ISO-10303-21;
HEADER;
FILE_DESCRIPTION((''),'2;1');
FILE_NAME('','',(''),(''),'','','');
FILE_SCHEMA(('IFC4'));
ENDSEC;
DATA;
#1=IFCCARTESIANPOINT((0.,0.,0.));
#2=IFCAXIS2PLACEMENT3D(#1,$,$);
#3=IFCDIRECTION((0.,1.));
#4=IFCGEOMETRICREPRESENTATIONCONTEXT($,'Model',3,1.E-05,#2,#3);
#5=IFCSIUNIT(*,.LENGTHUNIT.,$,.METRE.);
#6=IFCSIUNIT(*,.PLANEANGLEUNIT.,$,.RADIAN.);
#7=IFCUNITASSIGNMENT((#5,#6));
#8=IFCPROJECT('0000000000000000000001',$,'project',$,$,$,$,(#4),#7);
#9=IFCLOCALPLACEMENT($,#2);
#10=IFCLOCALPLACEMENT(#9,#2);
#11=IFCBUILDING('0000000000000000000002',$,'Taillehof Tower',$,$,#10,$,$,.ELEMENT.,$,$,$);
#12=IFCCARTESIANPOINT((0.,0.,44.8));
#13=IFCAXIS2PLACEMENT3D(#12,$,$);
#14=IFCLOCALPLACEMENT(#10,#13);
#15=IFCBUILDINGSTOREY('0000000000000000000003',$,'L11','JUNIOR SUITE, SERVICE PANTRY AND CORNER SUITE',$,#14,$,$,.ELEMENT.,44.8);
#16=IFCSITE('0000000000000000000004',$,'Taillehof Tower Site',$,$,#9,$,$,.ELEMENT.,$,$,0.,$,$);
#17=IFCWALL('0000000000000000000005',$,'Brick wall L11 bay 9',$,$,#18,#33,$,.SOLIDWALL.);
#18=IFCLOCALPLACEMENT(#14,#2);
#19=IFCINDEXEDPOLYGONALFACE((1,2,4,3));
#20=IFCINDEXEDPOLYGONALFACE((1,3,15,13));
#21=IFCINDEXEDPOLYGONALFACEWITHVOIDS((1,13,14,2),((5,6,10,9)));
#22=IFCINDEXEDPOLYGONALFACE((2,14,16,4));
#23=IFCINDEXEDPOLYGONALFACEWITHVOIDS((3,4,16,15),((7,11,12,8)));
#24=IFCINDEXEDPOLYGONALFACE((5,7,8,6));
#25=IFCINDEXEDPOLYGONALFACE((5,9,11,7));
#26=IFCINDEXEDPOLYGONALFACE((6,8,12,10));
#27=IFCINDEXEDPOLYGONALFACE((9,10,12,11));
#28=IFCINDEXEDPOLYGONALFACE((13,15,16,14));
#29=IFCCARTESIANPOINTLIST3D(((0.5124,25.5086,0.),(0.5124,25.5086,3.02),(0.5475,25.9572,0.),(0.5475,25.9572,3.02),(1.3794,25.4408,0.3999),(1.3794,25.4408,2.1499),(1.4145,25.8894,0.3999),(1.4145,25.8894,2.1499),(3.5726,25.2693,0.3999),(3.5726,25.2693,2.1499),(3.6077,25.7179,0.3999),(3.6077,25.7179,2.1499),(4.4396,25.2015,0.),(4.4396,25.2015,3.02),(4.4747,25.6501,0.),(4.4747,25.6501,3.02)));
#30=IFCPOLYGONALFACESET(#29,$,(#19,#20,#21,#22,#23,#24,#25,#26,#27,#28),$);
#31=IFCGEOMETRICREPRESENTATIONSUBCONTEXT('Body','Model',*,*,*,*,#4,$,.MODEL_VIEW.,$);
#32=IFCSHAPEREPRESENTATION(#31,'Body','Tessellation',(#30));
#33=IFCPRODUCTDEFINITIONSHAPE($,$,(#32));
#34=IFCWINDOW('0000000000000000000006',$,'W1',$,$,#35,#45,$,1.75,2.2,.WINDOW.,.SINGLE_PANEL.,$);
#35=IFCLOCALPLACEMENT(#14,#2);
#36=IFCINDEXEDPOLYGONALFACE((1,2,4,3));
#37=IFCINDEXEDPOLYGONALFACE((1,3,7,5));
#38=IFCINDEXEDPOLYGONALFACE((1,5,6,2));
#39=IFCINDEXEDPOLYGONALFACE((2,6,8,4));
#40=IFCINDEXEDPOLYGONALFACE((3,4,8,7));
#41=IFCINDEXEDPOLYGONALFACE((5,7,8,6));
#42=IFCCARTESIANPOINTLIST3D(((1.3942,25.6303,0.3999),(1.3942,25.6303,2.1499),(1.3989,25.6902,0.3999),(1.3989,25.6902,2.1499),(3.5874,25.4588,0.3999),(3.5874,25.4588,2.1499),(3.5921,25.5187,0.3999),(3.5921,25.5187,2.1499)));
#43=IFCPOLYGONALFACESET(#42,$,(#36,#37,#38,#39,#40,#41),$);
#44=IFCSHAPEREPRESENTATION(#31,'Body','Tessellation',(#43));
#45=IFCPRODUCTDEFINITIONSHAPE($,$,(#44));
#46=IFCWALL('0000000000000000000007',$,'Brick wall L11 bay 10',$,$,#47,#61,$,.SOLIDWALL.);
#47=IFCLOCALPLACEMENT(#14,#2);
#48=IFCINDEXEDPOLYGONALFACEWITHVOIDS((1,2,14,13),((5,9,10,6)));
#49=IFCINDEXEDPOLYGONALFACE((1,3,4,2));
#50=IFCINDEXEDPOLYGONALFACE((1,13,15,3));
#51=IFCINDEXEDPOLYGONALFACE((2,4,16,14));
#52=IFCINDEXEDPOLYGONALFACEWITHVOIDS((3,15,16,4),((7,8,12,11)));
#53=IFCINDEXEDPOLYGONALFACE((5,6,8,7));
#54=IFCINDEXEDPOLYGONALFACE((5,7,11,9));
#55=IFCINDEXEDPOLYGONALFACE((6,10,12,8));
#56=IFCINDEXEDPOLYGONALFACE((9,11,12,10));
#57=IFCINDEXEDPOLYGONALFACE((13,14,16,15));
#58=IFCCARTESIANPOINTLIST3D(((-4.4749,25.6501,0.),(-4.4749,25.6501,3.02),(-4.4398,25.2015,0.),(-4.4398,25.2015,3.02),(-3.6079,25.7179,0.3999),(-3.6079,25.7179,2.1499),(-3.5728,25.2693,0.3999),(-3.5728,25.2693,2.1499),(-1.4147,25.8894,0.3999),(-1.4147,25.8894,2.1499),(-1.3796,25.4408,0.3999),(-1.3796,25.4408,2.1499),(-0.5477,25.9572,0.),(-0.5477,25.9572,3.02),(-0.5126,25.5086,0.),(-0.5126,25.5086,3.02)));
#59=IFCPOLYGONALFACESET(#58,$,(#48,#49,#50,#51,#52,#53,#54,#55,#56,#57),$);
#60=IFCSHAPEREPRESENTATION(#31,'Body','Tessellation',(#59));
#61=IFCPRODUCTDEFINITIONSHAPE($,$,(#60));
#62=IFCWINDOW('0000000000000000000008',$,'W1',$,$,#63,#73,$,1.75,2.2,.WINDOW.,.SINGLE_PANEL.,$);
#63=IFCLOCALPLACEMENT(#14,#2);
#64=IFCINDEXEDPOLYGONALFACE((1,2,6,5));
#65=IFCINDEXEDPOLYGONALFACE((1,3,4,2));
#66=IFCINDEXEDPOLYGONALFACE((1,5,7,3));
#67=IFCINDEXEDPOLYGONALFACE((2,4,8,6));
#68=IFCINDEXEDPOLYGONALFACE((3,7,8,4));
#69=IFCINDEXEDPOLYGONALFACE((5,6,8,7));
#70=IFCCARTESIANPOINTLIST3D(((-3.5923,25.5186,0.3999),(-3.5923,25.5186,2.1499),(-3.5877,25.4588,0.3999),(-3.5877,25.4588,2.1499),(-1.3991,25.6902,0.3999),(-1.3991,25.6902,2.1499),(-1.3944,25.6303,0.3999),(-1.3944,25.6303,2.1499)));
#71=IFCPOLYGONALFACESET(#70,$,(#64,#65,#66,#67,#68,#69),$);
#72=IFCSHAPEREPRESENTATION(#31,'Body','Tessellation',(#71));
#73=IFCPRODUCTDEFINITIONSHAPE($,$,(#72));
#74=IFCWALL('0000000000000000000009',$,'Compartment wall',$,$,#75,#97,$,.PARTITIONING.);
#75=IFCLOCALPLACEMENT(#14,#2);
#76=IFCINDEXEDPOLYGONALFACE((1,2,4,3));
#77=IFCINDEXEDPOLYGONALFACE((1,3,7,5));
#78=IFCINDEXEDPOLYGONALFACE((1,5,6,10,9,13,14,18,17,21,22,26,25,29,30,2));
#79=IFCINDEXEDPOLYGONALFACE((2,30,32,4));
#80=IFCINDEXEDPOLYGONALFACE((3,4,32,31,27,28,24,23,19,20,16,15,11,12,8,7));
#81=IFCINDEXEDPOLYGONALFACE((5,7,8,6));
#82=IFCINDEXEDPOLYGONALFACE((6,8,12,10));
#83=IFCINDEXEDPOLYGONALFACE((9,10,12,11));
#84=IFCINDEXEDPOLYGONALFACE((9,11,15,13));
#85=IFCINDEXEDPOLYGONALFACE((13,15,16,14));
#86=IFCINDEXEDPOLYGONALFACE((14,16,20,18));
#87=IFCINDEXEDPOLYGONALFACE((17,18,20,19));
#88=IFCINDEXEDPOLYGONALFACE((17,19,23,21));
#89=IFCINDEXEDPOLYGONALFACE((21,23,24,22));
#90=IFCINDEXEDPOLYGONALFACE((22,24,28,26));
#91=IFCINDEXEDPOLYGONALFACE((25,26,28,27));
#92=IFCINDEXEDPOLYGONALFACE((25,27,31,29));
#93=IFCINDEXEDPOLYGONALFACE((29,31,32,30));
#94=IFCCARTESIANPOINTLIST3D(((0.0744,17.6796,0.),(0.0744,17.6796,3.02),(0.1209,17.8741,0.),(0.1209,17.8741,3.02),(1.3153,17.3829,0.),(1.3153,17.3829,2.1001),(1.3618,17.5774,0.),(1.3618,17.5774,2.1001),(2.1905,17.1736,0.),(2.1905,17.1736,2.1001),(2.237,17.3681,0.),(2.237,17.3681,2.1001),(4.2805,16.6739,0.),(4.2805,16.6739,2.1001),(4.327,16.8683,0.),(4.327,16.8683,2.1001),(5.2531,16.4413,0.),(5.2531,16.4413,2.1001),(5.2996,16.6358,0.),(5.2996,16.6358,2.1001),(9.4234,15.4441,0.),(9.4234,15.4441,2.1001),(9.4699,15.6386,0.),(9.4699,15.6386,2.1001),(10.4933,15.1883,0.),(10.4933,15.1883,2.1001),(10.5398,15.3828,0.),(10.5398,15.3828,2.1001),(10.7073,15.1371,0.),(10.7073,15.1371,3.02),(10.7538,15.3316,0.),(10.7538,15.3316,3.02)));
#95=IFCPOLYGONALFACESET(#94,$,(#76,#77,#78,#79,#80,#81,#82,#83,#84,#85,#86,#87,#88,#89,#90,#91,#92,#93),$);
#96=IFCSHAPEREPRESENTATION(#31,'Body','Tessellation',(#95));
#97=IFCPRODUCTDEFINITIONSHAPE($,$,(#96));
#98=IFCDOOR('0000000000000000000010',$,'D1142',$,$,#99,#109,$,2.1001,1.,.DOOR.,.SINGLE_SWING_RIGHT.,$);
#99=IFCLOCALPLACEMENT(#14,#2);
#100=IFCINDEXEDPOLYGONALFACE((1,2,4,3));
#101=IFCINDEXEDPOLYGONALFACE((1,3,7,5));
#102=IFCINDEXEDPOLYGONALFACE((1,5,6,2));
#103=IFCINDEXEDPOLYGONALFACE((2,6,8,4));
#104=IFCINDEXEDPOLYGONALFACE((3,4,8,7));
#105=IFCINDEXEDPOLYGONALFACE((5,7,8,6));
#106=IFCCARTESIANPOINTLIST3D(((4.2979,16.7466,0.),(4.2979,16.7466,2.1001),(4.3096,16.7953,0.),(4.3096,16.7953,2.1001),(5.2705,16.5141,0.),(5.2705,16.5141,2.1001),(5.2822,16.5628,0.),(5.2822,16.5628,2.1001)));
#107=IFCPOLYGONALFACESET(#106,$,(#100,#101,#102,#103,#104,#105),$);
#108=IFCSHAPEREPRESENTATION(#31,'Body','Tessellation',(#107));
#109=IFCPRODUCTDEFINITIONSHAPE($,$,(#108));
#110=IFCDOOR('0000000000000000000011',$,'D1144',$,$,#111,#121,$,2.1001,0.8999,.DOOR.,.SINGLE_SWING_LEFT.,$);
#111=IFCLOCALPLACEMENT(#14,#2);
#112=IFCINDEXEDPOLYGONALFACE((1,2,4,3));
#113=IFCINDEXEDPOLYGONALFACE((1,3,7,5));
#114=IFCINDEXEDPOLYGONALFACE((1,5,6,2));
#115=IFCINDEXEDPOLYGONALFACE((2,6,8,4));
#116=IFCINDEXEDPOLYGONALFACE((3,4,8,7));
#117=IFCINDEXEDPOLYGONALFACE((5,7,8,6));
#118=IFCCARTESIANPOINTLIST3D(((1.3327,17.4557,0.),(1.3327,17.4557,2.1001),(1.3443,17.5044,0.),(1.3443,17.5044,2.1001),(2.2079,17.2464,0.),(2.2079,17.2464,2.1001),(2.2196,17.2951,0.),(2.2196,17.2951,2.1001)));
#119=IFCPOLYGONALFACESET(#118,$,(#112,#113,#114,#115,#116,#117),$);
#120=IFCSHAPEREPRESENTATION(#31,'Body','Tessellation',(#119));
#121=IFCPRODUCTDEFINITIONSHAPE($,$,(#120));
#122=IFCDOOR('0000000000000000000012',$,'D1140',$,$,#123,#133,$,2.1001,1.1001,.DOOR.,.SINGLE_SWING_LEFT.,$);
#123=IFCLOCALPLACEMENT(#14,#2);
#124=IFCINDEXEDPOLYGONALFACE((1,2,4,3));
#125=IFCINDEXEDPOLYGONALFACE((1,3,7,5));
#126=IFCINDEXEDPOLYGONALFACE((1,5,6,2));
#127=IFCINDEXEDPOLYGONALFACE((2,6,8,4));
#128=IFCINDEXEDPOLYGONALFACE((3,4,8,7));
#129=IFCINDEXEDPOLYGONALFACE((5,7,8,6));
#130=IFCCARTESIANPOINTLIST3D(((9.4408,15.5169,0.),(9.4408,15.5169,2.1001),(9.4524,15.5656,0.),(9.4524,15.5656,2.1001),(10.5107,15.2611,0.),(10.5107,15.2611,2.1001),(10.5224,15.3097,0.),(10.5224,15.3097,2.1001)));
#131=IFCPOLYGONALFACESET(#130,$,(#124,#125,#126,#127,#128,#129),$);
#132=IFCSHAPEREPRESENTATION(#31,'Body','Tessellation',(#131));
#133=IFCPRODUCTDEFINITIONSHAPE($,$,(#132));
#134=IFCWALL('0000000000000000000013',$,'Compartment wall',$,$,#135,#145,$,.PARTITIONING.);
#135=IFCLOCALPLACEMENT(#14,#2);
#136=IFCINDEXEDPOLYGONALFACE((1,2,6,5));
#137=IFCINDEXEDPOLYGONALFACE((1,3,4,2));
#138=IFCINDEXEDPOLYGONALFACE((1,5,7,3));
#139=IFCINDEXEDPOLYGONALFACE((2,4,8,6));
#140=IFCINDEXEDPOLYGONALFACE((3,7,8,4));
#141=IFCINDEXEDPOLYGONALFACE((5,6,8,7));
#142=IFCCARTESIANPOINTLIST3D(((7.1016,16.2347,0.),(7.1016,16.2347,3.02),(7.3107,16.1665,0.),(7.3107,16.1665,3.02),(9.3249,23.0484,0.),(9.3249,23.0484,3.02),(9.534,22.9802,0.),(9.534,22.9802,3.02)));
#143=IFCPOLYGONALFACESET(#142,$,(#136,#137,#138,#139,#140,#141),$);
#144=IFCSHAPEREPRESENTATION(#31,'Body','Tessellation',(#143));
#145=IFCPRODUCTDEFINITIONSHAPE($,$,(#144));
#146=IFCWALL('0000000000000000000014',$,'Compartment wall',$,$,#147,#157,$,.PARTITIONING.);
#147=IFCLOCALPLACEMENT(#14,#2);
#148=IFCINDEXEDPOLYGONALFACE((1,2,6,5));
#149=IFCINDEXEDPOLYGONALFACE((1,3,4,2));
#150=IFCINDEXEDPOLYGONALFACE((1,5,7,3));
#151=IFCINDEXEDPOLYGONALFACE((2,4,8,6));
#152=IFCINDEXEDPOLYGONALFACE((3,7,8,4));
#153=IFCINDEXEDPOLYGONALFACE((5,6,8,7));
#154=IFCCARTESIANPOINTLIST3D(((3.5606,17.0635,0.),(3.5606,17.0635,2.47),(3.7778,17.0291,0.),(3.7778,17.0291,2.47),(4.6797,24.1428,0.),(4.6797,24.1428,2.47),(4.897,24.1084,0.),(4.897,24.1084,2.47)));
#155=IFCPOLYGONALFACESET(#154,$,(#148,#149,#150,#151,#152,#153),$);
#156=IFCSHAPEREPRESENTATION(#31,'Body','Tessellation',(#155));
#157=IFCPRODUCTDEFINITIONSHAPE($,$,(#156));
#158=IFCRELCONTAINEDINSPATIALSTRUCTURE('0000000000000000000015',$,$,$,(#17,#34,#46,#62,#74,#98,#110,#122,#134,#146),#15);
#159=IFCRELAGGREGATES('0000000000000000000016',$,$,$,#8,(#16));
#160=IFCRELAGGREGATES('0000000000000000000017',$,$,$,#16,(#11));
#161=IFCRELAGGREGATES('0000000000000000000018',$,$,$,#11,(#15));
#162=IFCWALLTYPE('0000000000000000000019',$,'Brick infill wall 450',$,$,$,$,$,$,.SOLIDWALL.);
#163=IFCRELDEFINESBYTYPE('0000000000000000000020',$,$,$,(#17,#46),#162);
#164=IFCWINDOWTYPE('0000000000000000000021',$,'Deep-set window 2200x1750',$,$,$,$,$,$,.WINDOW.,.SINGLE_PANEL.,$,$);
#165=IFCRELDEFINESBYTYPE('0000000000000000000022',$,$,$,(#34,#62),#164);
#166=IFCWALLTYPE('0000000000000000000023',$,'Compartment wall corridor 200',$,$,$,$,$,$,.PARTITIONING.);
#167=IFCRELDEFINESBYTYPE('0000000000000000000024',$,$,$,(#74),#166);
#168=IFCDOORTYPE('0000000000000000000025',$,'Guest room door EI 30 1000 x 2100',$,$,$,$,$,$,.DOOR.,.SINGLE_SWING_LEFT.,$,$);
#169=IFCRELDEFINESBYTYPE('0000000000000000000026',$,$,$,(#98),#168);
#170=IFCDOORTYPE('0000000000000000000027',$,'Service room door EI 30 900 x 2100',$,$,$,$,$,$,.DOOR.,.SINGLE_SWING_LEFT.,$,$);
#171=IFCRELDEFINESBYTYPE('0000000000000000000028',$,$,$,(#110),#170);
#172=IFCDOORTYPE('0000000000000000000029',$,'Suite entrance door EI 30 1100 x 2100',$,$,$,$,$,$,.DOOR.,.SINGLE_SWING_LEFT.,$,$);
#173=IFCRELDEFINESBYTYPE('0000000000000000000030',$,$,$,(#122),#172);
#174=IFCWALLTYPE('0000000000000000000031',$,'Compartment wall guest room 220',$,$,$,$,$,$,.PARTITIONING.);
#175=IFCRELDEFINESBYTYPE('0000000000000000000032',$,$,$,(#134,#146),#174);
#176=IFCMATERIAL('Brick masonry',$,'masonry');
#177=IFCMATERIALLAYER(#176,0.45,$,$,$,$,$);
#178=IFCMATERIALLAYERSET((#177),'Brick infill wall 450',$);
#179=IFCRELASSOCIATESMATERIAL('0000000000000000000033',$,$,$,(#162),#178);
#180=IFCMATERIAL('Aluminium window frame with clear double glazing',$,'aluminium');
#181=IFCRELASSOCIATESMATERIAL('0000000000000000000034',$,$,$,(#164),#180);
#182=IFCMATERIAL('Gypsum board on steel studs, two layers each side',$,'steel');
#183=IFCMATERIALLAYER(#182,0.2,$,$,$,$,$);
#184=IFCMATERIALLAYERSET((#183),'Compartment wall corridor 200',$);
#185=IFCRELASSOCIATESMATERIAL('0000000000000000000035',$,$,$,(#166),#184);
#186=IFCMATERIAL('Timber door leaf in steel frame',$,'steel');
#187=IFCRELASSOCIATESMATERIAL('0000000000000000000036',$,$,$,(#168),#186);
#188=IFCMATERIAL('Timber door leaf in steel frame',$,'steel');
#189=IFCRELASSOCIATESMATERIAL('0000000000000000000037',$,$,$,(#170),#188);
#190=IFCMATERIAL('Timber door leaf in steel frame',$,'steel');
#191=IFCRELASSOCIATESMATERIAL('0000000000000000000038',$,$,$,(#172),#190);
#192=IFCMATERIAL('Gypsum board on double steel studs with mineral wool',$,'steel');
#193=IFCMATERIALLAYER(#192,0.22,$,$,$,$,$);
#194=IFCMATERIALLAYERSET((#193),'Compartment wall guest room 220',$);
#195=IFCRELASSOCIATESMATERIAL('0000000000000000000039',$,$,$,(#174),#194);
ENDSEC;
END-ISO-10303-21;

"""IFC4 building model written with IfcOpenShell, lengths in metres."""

from ifc_helpers import new_model, si_unit, direction, frame, frame_2d, origin, place, context, subcontext, project, spatial, rectangle, extrude, material, layer, layer_set, type_object, element, fill, save


model = new_model("IFC4")

# Units and contexts
model_context = context("Model", 3, precision=1e-05, world=origin(), true_north=direction((0.0, 1.0)))
body_context = subcontext(model_context, "Body", "Model", "MODEL_VIEW")
ifc_project = project(units=[si_unit("LENGTHUNIT", "METRE"), si_unit("PLANEANGLEUNIT", "RADIAN")], contexts=[model_context])

# Site, building, storey
site_placement = place(None, origin())
site = spatial("IfcSite", under=ifc_project, at=site_placement, Name="Taillehof Tower Site", CompositionType="ELEMENT", RefElevation=0.0)
building_placement = place(site_placement, origin())
building = spatial("IfcBuilding", under=site, at=building_placement, Name="Taillehof Tower", CompositionType="ELEMENT")
storey_placement = place(building_placement, frame((0.0, 0.0, 44.8)))
storey = spatial("IfcBuildingStorey", under=building, at=storey_placement, Name="L11", Description="JUNIOR SUITE, SERVICE PANTRY AND CORNER SUITE", CompositionType="ELEMENT", Elevation=44.8)

# Walls, openings, windows
ifc_material_1 = material(Name="Brick masonry", Category="masonry")
ifc_layer_1 = layer(ifc_material_1, 0.45)
ifc_layer_set_1 = layer_set([ifc_layer_1], Name="Brick infill wall 450")
wall_type_1 = type_object("IfcWallType", Name="Brick infill wall 450", PredefinedType="SOLIDWALL", material=ifc_layer_set_1)
ifc_material_2 = material(Name="Aluminium window frame with clear double glazing", Category="aluminium")
window_type = type_object("IfcWindowType", Name="Deep-set window 2200x1750", PartitioningType="SINGLE_PANEL", PredefinedType="WINDOW", material=ifc_material_2)
wall_1_placement = place(storey_placement, frame((4.4573, 25.4258, 0.0), z_axis=(0.0, 0.0, 1.0), x_axis=(-0.996956, 0.077967, 0.0)))
wall_1 = element("IfcWall", 1, at=wall_1_placement, inside=storey, type_object=wall_type_1, Name="Brick wall L11 bay 9", PredefinedType="SOLIDWALL", context=body_context, shape_type="SweptSolid", body=[
    extrude(rectangle(XDim=3.9392, YDim=0.45, at=frame_2d((1.9697, 0.0))), origin(), (0.0, 0.0, 1.0), 3.02),
])
opening_1_placement = place(wall_1_placement, frame((0.8696, 0.0, 0.3999)))
opening_1 = element("IfcOpeningElement", 2, at=opening_1_placement, cuts=wall_1, PredefinedType="OPENING", context=body_context, shape_type="SweptSolid", body=[
    extrude(rectangle(XDim=2.2, YDim=1.75, at=frame_2d((1.1001, 0.875))), frame((0.0, 0.2349, 0.0), z_axis=(0.0, -1.0, 0.0), x_axis=(1.0, 0.0, 0.0)), (0.0, 0.0, 1.0), 0.47),
])
window_1_placement = place(opening_1_placement, origin())
window_1 = element("IfcWindow", 3, at=window_1_placement, inside=storey, type_object=window_type, Name="W1", OverallHeight=1.75, OverallWidth=2.2, PartitioningType="SINGLE_PANEL", PredefinedType="WINDOW", context=body_context, shape_type="SweptSolid", body=[
    extrude(rectangle(XDim=2.2, YDim=1.75, at=frame_2d((1.1001, 0.875))), frame((0.0, 0.0349, 0.0), z_axis=(0.0, -1.0, 0.0), x_axis=(1.0, 0.0, 0.0)), (0.0, 0.0, 1.0), 0.0601),
])
fill(opening_1, window_1)
wall_2_placement = place(storey_placement, frame((-0.53, 25.7329, 0.0), z_axis=(0.0, 0.0, 1.0), x_axis=(-0.996956, -0.077967, 0.0)))
wall_2 = element("IfcWall", 4, at=wall_2_placement, inside=storey, type_object=wall_type_1, Name="Brick wall L11 bay 10", PredefinedType="SOLIDWALL", context=body_context, shape_type="SweptSolid", body=[
    extrude(rectangle(XDim=3.9392, YDim=0.45, at=frame_2d((1.9697, 0.0))), origin(), (0.0, 0.0, 1.0), 3.02),
])
opening_2_placement = place(wall_2_placement, frame((0.8696, 0.0, 0.3999)))
opening_2 = element("IfcOpeningElement", 5, at=opening_2_placement, cuts=wall_2, PredefinedType="OPENING", context=body_context, shape_type="SweptSolid", body=[
    extrude(rectangle(XDim=2.2, YDim=1.75, at=frame_2d((1.1001, 0.875))), frame((0.0, 0.2349, 0.0), z_axis=(0.0, -1.0, 0.0), x_axis=(1.0, 0.0, 0.0)), (0.0, 0.0, 1.0), 0.47),
])
window_2_placement = place(opening_2_placement, origin())
window_2 = element("IfcWindow", 6, at=window_2_placement, inside=storey, type_object=window_type, Name="W1", OverallHeight=1.75, OverallWidth=2.2, PartitioningType="SINGLE_PANEL", PredefinedType="WINDOW", context=body_context, shape_type="SweptSolid", body=[
    extrude(rectangle(XDim=2.2, YDim=1.75, at=frame_2d((1.1001, 0.875))), frame((0.0, 0.0349, 0.0), z_axis=(0.0, -1.0, 0.0), x_axis=(1.0, 0.0, 0.0)), (0.0, 0.0, 1.0), 0.0601),
])
fill(opening_2, window_2)

# Wall, openings, doors
ifc_material_3 = material(Name="Gypsum board on steel studs, two layers each side", Category="steel")
ifc_layer_2 = layer(ifc_material_3, 0.2)
ifc_layer_set_2 = layer_set([ifc_layer_2], Name="Compartment wall corridor 200")
wall_type_2 = type_object("IfcWallType", Name="Compartment wall corridor 200", PredefinedType="PARTITIONING", material=ifc_layer_set_2)
wall_3_placement = place(storey_placement, frame((0.0977, 17.7769, 0.0), z_axis=(0.0, 0.0, 1.0), x_axis=(0.972582, -0.23256, 0.0)))
wall_3 = element("IfcWall", 7, at=wall_3_placement, inside=storey, type_object=wall_type_2, Name="Compartment wall", PredefinedType="PARTITIONING", context=body_context, shape_type="SweptSolid", body=[
    extrude(rectangle(XDim=10.9326, YDim=0.2, at=frame_2d((5.4663, 0.0))), origin(), (0.0, 0.0, 1.0), 3.02),
])
opening_3_placement = place(wall_3_placement, frame((9.6125, 0.0, 0.0)))
opening_3 = element("IfcOpeningElement", 8, at=opening_3_placement, cuts=wall_3, PredefinedType="OPENING", context=body_context, shape_type="SweptSolid", body=[
    extrude(rectangle(XDim=1.1001, YDim=2.1001, at=frame_2d((0.55, 1.05))), frame((0.0, 0.1099, 0.0), z_axis=(0.0, -1.0, 0.0), x_axis=(1.0, 0.0, 0.0)), (0.0, 0.0, 1.0), 0.22),
])
opening_4_placement = place(wall_3_placement, frame((4.3247, 0.0, 0.0)))
opening_4 = element("IfcOpeningElement", 9, at=opening_4_placement, cuts=wall_3, PredefinedType="OPENING", context=body_context, shape_type="SweptSolid", body=[
    extrude(rectangle(XDim=1.0, YDim=2.1001, at=frame_2d((0.5, 1.05))), frame((0.0, 0.1099, 0.0), z_axis=(0.0, -1.0, 0.0), x_axis=(1.0, 0.0, 0.0)), (0.0, 0.0, 1.0), 0.22),
])
opening_5_placement = place(wall_3_placement, frame((1.2759, 0.0, 0.0)))
opening_5 = element("IfcOpeningElement", 10, at=opening_5_placement, cuts=wall_3, PredefinedType="OPENING", context=body_context, shape_type="SweptSolid", body=[
    extrude(rectangle(XDim=0.8999, YDim=2.1001, at=frame_2d((0.45, 1.05))), frame((0.0, 0.1099, 0.0), z_axis=(0.0, -1.0, 0.0), x_axis=(1.0, 0.0, 0.0)), (0.0, 0.0, 1.0), 0.22),
])
ifc_material_4 = material(Name="Timber door leaf in steel frame", Category="steel")
door_type_1 = type_object("IfcDoorType", Name="Guest room door EI 30 1000 x 2100", OperationType="SINGLE_SWING_LEFT", PredefinedType="DOOR", material=ifc_material_4)
door_1_placement = place(opening_4_placement, origin())
door_1 = element("IfcDoor", 11, at=door_1_placement, inside=storey, type_object=door_type_1, Name="D1142", OperationType="SINGLE_SWING_RIGHT", OverallHeight=2.1001, OverallWidth=1.0, PredefinedType="DOOR", context=body_context, shape_type="SweptSolid", body=[
    extrude(rectangle(XDim=1.0, YDim=2.1001, at=frame_2d((0.5, 1.05))), frame((0.0, 0.0249, 0.0), z_axis=(0.0, -1.0, 0.0), x_axis=(1.0, 0.0, 0.0)), (0.0, 0.0, 1.0), 0.05),
])
fill(opening_4, door_1)
ifc_material_5 = material(Name="Timber door leaf in steel frame", Category="steel")
door_type_2 = type_object("IfcDoorType", Name="Service room door EI 30 900 x 2100", OperationType="SINGLE_SWING_LEFT", PredefinedType="DOOR", material=ifc_material_5)
door_2_placement = place(opening_5_placement, origin())
door_2 = element("IfcDoor", 12, at=door_2_placement, inside=storey, type_object=door_type_2, Name="D1144", OperationType="SINGLE_SWING_LEFT", OverallHeight=2.1001, OverallWidth=0.8999, PredefinedType="DOOR", context=body_context, shape_type="SweptSolid", body=[
    extrude(rectangle(XDim=0.8999, YDim=2.1001, at=frame_2d((0.45, 1.05))), frame((0.0, 0.0249, 0.0), z_axis=(0.0, -1.0, 0.0), x_axis=(1.0, 0.0, 0.0)), (0.0, 0.0, 1.0), 0.05),
])
fill(opening_5, door_2)
ifc_material_6 = material(Name="Timber door leaf in steel frame", Category="steel")
door_type_3 = type_object("IfcDoorType", Name="Suite entrance door EI 30 1100 x 2100", OperationType="SINGLE_SWING_LEFT", PredefinedType="DOOR", material=ifc_material_6)
door_3_placement = place(opening_3_placement, origin())
door_3 = element("IfcDoor", 13, at=door_3_placement, inside=storey, type_object=door_type_3, Name="D1140", OperationType="SINGLE_SWING_LEFT", OverallHeight=2.1001, OverallWidth=1.1001, PredefinedType="DOOR", context=body_context, shape_type="SweptSolid", body=[
    extrude(rectangle(XDim=1.1001, YDim=2.1001, at=frame_2d((0.55, 1.05))), frame((0.0, 0.0249, 0.0), z_axis=(0.0, -1.0, 0.0), x_axis=(1.0, 0.0, 0.0)), (0.0, 0.0, 1.0), 0.05),
])
fill(opening_3, door_3)

# Walls
ifc_material_7 = material(Name="Gypsum board on double steel studs with mineral wool", Category="steel")
ifc_layer_3 = layer(ifc_material_7, 0.22)
ifc_layer_set_3 = layer_set([ifc_layer_3], Name="Compartment wall guest room 220")
wall_type_3 = type_object("IfcWallType", Name="Compartment wall guest room 220", PredefinedType="PARTITIONING", material=ifc_layer_set_3)
wall_4_placement = place(storey_placement, frame((9.4294, 23.0142, 0.0), z_axis=(0.0, 0.0, 1.0), x_axis=(-0.310213, -0.950667, 0.0)))
element("IfcWall", 14, at=wall_4_placement, inside=storey, type_object=wall_type_3, Name="Compartment wall", PredefinedType="PARTITIONING", context=body_context, shape_type="SweptSolid", body=[
    extrude(rectangle(XDim=7.1672, YDim=0.22, at=frame_2d((3.5835, 0.0))), origin(), (0.0, 0.0, 1.0), 3.02),
])
wall_5_placement = place(storey_placement, frame((4.7883, 24.1255, 0.0), z_axis=(0.0, 0.0, 1.0), x_axis=(-0.156146, -0.987734, 0.0)))
element("IfcWall", 15, at=wall_5_placement, inside=storey, type_object=wall_type_3, Name="Compartment wall", PredefinedType="PARTITIONING", context=body_context, shape_type="SweptSolid", body=[
    extrude(rectangle(XDim=7.1672, YDim=0.22, at=frame_2d((3.5835, 0.0))), origin(), (0.0, 0.0, 1.0), 2.47),
])

save(model, "model.ifc")
